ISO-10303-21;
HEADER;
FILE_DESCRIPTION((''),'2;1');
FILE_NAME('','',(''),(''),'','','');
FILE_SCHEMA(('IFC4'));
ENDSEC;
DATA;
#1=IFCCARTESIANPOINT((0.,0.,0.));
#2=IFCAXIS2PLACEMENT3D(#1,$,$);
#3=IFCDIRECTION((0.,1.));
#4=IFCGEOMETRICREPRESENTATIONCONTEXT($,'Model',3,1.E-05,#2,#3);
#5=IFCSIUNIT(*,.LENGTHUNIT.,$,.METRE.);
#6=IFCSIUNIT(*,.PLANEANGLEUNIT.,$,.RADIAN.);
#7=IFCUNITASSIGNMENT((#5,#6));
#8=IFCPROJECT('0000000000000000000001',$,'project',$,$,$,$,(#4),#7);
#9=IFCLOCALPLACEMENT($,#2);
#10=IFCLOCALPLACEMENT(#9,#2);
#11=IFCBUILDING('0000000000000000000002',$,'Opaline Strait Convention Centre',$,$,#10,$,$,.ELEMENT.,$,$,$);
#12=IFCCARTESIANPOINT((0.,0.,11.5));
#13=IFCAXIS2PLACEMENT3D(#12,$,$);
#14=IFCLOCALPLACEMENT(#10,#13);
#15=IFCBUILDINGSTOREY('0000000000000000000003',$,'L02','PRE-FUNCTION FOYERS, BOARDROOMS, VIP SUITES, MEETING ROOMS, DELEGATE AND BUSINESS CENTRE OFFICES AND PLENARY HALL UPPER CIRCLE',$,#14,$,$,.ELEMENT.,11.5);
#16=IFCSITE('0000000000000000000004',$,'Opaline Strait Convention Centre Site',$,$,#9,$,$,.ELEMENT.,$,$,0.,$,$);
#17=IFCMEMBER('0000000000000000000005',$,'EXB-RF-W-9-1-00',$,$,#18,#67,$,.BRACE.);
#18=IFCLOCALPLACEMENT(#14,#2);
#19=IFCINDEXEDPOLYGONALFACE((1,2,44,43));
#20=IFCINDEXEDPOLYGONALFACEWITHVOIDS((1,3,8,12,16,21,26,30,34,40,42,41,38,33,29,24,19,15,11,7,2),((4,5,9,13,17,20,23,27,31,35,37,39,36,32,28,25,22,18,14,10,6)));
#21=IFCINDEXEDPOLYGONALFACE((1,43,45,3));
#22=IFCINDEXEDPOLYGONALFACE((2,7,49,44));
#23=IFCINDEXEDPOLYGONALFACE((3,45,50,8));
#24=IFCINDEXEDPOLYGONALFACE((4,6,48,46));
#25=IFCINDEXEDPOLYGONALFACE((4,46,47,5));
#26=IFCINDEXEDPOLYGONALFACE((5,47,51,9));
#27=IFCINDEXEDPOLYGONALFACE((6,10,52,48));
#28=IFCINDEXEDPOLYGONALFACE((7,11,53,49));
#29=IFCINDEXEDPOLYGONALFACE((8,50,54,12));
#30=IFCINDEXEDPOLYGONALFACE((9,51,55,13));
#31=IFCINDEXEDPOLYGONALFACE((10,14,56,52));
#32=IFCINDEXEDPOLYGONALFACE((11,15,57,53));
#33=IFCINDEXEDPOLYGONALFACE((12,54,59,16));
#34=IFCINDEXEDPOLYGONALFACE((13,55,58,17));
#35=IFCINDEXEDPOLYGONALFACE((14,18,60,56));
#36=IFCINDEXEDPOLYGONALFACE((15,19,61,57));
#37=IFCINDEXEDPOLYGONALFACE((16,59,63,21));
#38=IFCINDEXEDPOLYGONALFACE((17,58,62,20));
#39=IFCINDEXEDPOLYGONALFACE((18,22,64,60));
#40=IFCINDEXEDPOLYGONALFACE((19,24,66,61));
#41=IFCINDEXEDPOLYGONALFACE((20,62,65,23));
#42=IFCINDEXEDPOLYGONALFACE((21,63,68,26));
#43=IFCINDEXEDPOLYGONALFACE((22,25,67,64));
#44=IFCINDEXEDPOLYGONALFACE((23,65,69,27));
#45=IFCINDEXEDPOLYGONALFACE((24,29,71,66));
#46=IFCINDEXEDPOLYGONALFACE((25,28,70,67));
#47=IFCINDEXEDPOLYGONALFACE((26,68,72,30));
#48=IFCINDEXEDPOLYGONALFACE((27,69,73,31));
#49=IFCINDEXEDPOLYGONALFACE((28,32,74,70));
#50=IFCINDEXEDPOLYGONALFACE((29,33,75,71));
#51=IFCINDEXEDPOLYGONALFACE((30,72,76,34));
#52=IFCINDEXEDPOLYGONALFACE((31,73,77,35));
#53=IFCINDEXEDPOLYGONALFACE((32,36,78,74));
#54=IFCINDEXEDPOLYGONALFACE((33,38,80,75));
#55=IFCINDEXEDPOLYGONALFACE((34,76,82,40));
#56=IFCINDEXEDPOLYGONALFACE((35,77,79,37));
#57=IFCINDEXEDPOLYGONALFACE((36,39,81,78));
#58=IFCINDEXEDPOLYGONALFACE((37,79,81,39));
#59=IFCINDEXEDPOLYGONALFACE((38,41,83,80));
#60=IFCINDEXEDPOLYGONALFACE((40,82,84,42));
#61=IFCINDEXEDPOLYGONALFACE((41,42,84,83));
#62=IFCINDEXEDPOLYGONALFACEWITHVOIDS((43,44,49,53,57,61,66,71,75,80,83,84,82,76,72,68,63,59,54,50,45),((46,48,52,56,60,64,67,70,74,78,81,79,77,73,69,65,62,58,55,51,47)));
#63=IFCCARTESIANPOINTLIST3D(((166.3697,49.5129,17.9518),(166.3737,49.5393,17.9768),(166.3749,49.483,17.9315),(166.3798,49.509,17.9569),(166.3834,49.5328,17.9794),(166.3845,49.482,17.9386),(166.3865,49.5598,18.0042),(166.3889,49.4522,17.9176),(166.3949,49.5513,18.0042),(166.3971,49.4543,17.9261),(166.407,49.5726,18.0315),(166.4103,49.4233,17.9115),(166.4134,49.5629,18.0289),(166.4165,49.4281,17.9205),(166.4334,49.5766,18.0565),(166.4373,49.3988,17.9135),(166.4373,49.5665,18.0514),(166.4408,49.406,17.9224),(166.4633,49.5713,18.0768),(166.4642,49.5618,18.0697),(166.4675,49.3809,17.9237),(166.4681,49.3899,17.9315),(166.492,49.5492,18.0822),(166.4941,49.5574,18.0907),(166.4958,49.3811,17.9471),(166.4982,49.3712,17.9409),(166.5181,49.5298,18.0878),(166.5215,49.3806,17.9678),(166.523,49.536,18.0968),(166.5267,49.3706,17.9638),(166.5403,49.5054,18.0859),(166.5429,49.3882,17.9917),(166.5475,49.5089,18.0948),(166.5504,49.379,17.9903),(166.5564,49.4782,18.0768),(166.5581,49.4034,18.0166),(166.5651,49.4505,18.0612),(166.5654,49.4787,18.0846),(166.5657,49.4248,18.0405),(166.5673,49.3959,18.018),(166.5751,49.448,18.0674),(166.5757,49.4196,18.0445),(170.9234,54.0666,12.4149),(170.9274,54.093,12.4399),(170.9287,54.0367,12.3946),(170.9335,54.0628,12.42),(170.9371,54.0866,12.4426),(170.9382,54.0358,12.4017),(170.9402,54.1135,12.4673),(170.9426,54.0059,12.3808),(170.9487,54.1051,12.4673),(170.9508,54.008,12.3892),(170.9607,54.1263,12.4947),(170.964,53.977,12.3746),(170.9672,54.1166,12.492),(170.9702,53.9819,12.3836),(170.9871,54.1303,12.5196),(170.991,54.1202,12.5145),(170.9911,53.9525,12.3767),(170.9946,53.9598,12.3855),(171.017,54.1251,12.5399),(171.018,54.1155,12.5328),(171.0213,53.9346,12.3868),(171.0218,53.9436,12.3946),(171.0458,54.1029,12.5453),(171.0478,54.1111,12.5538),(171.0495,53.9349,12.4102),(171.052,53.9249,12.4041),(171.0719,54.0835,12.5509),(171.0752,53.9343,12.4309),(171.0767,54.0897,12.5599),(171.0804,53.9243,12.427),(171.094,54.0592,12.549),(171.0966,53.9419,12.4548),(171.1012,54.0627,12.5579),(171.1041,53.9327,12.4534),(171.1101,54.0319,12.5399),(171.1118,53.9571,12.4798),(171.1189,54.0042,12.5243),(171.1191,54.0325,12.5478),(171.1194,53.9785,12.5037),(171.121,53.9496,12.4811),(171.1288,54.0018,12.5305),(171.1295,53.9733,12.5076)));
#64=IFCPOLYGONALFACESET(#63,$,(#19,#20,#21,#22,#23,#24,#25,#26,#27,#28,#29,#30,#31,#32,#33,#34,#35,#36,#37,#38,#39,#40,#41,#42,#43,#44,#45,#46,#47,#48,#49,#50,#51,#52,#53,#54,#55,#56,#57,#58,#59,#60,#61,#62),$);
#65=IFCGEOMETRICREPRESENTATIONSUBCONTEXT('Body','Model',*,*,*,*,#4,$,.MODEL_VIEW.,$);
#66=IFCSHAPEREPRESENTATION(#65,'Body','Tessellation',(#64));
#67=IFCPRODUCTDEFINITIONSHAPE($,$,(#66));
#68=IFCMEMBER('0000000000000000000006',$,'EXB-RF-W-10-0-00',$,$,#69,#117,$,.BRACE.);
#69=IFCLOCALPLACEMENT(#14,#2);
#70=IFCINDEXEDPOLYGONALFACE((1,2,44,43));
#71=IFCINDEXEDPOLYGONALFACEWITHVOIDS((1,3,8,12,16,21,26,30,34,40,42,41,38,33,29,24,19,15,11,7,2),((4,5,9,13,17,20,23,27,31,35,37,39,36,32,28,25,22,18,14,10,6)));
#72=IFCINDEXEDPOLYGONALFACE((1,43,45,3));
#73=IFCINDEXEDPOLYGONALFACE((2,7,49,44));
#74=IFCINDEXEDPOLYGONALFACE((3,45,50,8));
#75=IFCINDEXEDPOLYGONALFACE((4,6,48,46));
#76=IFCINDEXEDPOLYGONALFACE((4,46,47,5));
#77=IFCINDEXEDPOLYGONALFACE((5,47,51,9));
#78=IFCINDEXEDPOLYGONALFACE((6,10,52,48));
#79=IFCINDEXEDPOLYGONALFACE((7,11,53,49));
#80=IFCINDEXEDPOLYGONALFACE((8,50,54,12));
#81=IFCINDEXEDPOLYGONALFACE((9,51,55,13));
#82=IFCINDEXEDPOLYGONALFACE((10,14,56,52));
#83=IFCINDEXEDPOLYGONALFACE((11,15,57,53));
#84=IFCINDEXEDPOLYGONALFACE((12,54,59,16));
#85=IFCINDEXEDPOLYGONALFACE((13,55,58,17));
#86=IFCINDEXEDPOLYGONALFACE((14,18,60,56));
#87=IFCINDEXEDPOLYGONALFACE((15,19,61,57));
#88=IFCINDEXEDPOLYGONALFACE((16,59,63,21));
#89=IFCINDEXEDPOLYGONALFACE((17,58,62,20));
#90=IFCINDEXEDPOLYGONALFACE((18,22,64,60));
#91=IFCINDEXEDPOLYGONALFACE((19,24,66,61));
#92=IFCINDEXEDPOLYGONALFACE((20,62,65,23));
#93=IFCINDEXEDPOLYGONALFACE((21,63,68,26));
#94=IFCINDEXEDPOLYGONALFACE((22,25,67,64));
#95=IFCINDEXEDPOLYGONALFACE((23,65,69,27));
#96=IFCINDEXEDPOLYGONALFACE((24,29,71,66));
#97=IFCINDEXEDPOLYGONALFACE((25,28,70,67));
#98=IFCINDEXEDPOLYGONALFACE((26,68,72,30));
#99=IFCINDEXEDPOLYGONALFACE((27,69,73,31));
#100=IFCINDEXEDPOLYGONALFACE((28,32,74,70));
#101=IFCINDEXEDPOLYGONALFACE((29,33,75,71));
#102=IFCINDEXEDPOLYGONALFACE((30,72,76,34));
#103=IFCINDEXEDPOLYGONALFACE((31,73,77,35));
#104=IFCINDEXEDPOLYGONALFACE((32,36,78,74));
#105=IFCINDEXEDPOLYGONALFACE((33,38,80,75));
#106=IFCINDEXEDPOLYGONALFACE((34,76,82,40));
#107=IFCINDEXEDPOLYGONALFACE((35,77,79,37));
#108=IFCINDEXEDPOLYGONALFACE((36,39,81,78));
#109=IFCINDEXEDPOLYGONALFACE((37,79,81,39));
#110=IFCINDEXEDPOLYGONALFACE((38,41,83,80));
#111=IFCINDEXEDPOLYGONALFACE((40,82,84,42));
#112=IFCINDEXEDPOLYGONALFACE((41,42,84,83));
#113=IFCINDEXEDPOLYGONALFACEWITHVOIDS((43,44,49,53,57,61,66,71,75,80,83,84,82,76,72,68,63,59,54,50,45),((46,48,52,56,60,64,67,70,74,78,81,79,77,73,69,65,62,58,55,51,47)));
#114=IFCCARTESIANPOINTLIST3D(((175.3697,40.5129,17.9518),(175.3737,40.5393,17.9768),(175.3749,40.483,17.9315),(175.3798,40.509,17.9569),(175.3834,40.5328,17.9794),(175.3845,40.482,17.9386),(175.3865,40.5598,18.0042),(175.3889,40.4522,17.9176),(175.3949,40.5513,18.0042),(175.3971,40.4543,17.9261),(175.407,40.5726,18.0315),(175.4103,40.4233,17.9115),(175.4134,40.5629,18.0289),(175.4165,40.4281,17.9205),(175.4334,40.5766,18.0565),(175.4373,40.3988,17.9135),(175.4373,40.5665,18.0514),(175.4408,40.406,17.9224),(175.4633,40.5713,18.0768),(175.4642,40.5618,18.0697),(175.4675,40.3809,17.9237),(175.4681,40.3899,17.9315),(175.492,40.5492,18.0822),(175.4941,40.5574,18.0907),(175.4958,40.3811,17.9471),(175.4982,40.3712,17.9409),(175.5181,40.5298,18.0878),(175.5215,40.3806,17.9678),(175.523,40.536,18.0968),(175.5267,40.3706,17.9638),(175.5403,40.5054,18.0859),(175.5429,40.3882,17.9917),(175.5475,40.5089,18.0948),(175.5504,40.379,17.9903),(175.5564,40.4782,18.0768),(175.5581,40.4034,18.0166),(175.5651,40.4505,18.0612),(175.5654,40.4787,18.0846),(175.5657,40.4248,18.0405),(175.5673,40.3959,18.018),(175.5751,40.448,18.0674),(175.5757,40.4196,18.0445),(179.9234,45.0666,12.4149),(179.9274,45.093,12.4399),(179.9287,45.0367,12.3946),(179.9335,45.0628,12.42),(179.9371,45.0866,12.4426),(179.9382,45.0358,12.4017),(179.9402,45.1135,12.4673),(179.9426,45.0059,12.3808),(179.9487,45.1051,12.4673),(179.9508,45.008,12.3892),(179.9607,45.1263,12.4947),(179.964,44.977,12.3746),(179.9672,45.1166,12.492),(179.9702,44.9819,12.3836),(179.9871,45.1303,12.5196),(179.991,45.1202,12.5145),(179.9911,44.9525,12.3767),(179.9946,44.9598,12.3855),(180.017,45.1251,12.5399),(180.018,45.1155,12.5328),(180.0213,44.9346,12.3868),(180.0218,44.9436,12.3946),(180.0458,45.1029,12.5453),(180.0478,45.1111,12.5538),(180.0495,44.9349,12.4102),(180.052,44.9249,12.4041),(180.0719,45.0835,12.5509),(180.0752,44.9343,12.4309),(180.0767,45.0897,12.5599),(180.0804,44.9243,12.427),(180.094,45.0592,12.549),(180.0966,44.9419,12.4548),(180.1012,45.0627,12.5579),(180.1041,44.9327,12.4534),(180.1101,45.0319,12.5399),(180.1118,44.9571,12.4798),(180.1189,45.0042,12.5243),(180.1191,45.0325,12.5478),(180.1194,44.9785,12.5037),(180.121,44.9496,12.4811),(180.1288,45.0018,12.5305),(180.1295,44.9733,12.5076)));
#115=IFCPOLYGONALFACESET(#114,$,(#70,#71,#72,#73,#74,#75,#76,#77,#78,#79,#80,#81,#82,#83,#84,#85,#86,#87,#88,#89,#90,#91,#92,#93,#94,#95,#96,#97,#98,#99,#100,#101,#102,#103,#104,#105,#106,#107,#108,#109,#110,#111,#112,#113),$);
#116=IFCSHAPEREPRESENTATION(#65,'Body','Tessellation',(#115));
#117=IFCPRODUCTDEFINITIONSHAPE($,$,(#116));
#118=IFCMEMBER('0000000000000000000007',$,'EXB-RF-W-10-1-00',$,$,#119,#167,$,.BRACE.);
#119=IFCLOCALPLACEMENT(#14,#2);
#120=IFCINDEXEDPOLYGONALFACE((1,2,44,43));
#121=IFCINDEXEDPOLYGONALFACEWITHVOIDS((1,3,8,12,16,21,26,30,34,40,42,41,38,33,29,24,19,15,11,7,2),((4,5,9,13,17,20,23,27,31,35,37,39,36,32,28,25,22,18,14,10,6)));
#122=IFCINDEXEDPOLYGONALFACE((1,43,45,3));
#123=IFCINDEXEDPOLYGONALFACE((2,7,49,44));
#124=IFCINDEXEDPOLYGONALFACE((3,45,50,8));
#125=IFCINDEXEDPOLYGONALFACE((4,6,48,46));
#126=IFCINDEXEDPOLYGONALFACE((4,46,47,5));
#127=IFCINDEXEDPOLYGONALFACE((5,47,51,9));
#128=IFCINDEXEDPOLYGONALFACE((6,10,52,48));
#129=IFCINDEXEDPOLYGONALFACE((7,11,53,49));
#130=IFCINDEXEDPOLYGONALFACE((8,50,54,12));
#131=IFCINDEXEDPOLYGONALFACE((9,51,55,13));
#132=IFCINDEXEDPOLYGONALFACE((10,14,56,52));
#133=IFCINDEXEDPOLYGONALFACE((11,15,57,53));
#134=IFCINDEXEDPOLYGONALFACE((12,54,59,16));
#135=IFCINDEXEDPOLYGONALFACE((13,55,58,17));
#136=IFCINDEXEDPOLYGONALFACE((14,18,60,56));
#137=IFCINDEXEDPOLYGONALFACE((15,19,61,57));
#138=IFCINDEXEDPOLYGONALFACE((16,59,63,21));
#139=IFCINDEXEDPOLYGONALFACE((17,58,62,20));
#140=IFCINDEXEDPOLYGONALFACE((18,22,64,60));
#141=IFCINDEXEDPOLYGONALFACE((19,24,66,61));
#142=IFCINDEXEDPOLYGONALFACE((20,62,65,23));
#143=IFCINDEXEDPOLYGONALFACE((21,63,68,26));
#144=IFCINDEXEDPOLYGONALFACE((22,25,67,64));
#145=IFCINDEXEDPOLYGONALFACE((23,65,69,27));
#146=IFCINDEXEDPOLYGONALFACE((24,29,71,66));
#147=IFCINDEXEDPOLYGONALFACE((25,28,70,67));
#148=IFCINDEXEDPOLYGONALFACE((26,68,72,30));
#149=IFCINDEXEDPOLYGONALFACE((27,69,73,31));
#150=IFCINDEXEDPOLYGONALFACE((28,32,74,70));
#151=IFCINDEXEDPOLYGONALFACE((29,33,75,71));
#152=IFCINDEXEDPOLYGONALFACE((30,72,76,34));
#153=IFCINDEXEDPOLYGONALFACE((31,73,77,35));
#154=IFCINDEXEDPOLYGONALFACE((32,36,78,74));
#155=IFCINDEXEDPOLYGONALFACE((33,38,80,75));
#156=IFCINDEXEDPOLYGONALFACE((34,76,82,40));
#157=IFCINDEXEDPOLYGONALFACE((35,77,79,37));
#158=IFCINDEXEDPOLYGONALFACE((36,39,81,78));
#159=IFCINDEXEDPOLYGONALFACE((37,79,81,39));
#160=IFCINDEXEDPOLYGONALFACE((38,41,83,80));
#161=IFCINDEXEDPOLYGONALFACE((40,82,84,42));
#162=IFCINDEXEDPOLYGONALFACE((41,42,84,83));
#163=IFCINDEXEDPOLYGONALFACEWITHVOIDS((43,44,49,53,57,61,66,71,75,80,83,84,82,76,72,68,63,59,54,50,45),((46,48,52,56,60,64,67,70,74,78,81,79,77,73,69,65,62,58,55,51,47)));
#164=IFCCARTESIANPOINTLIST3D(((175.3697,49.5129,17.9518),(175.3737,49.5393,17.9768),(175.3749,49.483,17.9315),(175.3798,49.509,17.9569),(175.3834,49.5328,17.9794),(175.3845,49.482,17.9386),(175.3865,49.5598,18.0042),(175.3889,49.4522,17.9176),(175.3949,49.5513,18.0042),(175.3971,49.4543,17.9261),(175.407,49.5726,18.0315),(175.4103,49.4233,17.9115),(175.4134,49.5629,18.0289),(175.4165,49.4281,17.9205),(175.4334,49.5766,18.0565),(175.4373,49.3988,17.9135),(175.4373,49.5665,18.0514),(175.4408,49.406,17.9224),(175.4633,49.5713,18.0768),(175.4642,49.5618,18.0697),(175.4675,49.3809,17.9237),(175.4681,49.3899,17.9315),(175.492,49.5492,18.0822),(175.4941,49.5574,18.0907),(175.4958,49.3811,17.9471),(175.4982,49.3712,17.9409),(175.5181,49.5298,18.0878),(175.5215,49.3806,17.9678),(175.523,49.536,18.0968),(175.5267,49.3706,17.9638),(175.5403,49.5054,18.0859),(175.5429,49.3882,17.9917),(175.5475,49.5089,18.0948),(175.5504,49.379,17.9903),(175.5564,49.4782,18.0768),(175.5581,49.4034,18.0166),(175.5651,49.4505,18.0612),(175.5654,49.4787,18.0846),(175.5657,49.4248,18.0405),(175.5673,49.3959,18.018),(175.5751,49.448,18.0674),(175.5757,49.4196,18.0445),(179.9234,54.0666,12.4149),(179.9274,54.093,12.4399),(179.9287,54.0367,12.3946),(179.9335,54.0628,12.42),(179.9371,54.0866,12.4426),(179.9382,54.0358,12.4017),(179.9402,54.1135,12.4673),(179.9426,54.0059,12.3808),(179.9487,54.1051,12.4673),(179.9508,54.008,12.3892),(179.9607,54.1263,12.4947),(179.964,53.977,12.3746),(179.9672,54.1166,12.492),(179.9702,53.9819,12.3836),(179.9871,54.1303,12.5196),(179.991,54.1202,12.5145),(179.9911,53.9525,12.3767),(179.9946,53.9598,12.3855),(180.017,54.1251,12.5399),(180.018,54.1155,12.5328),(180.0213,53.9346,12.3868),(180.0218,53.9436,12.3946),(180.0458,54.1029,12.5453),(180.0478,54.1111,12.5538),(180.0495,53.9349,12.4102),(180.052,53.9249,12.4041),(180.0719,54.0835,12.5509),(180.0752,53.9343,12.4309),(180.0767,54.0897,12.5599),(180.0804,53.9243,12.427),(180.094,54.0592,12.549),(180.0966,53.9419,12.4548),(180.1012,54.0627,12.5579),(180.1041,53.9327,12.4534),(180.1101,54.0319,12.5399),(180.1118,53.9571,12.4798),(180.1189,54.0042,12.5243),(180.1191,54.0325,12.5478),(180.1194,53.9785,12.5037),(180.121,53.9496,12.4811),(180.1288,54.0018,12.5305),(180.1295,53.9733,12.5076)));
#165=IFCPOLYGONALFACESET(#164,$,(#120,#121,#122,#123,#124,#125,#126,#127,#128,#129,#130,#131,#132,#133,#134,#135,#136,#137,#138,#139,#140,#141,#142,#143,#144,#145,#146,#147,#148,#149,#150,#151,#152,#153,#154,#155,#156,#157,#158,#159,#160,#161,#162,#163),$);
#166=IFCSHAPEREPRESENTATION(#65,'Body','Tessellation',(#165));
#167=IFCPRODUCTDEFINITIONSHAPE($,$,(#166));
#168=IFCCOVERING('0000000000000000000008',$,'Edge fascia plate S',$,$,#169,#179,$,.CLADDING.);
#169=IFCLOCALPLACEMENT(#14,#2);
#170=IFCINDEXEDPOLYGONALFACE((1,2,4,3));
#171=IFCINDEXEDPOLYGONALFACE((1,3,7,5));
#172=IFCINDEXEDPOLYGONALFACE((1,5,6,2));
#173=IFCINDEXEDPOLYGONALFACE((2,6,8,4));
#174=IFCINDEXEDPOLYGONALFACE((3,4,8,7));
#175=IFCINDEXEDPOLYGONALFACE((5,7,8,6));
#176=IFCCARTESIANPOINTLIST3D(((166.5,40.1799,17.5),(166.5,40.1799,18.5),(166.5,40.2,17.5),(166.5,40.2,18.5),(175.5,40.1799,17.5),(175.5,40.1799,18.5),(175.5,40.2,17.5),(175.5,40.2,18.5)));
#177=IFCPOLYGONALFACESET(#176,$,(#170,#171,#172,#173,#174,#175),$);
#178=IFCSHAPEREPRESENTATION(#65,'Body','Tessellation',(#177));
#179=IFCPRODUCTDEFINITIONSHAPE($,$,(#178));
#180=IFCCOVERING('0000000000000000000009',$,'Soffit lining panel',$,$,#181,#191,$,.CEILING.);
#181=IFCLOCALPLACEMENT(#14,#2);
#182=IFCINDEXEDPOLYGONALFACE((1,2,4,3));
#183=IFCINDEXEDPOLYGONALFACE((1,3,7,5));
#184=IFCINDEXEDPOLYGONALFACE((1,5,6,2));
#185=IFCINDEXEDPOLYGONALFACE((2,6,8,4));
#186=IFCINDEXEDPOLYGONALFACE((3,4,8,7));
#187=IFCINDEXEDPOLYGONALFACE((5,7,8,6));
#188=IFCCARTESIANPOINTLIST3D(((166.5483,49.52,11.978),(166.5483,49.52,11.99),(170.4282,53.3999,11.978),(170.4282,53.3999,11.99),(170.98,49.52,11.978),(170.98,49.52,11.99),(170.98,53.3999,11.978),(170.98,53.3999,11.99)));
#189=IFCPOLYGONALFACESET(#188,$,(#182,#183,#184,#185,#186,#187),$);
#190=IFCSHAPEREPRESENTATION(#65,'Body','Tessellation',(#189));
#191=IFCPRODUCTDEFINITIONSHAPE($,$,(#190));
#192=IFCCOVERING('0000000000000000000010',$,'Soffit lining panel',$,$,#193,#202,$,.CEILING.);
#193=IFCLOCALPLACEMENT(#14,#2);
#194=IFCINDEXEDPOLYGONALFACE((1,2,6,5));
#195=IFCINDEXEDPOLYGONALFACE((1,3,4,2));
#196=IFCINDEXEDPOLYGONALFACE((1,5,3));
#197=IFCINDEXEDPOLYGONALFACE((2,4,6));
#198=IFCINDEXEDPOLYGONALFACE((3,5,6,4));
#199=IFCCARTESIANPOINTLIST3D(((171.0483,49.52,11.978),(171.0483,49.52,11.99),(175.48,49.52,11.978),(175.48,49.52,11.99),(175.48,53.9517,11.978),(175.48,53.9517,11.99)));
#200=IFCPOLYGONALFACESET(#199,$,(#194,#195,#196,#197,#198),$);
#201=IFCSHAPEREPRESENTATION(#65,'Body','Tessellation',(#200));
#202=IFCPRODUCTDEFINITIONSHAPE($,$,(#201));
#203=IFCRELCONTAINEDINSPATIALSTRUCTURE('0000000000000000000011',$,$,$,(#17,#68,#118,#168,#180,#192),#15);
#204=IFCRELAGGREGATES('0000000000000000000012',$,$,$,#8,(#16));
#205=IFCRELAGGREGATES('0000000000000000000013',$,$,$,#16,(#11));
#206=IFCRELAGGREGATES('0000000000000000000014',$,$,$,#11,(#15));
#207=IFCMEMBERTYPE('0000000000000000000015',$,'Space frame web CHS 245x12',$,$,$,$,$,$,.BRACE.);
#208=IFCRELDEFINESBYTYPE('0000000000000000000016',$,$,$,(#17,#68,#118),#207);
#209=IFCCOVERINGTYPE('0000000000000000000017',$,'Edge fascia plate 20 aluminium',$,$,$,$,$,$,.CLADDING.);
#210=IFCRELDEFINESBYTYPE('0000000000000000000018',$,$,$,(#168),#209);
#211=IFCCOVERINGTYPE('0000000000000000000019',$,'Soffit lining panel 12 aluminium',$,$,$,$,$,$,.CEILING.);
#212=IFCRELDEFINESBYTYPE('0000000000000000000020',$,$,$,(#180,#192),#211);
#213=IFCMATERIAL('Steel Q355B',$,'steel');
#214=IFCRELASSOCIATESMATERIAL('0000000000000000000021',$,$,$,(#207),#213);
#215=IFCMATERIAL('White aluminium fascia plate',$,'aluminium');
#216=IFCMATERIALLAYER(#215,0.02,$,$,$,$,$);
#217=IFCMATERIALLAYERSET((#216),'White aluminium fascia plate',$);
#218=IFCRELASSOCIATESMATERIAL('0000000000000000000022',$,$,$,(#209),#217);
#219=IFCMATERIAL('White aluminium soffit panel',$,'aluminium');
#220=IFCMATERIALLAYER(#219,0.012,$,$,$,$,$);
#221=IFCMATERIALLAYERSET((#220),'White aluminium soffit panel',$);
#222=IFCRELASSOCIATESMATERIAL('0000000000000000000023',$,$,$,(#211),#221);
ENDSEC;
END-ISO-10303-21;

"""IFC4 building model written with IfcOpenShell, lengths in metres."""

from ifc_helpers import new_model, si_unit, direction, frame, origin, origin_2d, place, context, subcontext, project, spatial, polyline, hollow_circle, outline, extrude, material, layer, layer_set, material_profile, profile_set, type_object, element, save


model = new_model("IFC4")

# Units and contexts
model_context = context("Model", 3, precision=1e-05, world=origin(), true_north=direction((0.0, 1.0)))
body_context = subcontext(model_context, "Body", "Model", "MODEL_VIEW")
ifc_project = project(units=[si_unit("LENGTHUNIT", "METRE"), si_unit("PLANEANGLEUNIT", "RADIAN")], contexts=[model_context])

# Site, building, storey
site_placement = place(None, origin())
site = spatial("IfcSite", under=ifc_project, at=site_placement, Name="Opaline Strait Convention Centre Site", CompositionType="ELEMENT", RefElevation=0.0)
building_placement = place(site_placement, origin())
building = spatial("IfcBuilding", under=site, at=building_placement, Name="Opaline Strait Convention Centre", CompositionType="ELEMENT")
storey_placement = place(building_placement, frame((0.0, 0.0, 11.5)))
storey = spatial("IfcBuildingStorey", under=building, at=storey_placement, Name="L02", Description="PRE-FUNCTION FOYERS, BOARDROOMS, VIP SUITES, MEETING ROOMS, DELEGATE AND BUSINESS CENTRE OFFICES AND PLENARY HALL UPPER CIRCLE", CompositionType="ELEMENT", Elevation=11.5)

# Members
ifc_material_1 = material(Name="Steel Q355B", Category="steel")
ifc_material_profile_1 = material_profile(ifc_material_1, hollow_circle(Radius=0.1226, WallThickness=0.012, at=origin_2d()), Name="CHS 245x12")
ifc_profile_set_1 = profile_set([ifc_material_profile_1], Name="Steel Q355B")
member_type_1 = type_object("IfcMemberType", Name="Space frame web CHS 245x12", PredefinedType="BRACE", material=ifc_profile_set_1)
for number, where, z_axis, x_axis, name in (
    (1, (166.4731, 49.4731, 18.0042), (0.536178, 0.536178, -0.65194), (-0.707107, 0.707107, 0.0), "EXB-RF-W-9-1-00"),
    (2, (175.4731, 40.4731, 18.0042), (0.536178, 0.536178, -0.65194), (-0.707107, 0.707107, 0.0), "EXB-RF-W-10-0-00"),
    (3, (175.4731, 49.4731, 18.0042), (0.536178, 0.536178, -0.65194), (-0.707107, 0.707107, 0.0), "EXB-RF-W-10-1-00"),
):
    element("IfcMember", number, at=place(storey_placement, frame(where, z_axis=z_axis, x_axis=x_axis)), inside=storey, type_object=member_type_1, Name=name, PredefinedType="BRACE", context=body_context, shape_type="SweptSolid", body=[
        extrude(hollow_circle(Radius=0.1226, WallThickness=0.012, at=origin_2d()), origin(), (0.0, 0.0, 1.0), 8.4929),
    ])

# Coverings
ifc_material_2 = material(Name="White aluminium fascia plate", Category="aluminium")
ifc_layer_1 = layer(ifc_material_2, 0.02)
ifc_layer_set_1 = layer_set([ifc_layer_1], Name="White aluminium fascia plate")
covering_type_1 = type_object("IfcCoveringType", Name="Edge fascia plate 20 aluminium", PredefinedType="CLADDING", material=ifc_layer_set_1)
covering_1_placement = place(storey_placement, frame((171.0, 40.2, 18.0), z_axis=(0.0, -1.0, 0.0), x_axis=(1.0, 0.0, 0.0)))
element("IfcCovering", 4, at=covering_1_placement, inside=storey, type_object=covering_type_1, Name="Edge fascia plate S", PredefinedType="CLADDING", context=body_context, shape_type="SweptSolid", body=[
    extrude(outline(polyline([(-4.5, 0.5), (4.5, 0.5), (4.5, -0.5), (-4.5, -0.5), (-4.5, 0.5)])), origin(), (0.0, 0.0, 1.0), 0.02),
])
ifc_material_3 = material(Name="White aluminium soffit panel", Category="aluminium")
ifc_layer_2 = layer(ifc_material_3, 0.012)
ifc_layer_set_2 = layer_set([ifc_layer_2], Name="White aluminium soffit panel")
covering_type_2 = type_object("IfcCoveringType", Name="Soffit lining panel 12 aluminium", PredefinedType="CEILING", material=ifc_layer_set_2)
covering_2_placement = place(storey_placement, frame((170.98, 49.52, 11.99), z_axis=(0.0, 0.0, 1.0), x_axis=(-1.0, 0.0, 0.0)))
element("IfcCovering", 5, at=covering_2_placement, inside=storey, type_object=covering_type_2, Name="Soffit lining panel", PredefinedType="CEILING", context=body_context, shape_type="SweptSolid", body=[
    extrude(outline(polyline([(0.0, 0.0), (4.4316, 0.0), (0.5518, -3.8799), (0.0, -3.8799), (0.0, 0.0)])), origin(), (0.0, 0.0, -1.0), 0.012),
])
covering_3_placement = place(storey_placement, frame((171.0483, 49.52, 11.99), z_axis=(0.0, 0.0, 1.0), x_axis=(0.707107, 0.707107, 0.0)))
element("IfcCovering", 6, at=covering_3_placement, inside=storey, type_object=covering_type_2, Name="Soffit lining panel", PredefinedType="CEILING", context=body_context, shape_type="SweptSolid", body=[
    extrude(outline(polyline([(0.0, 0.0), (6.2673, 0.0), (3.1336, -3.1336), (0.0, 0.0)])), origin(), (0.0, 0.0, -1.0), 0.012),
])

save(model, "model.ifc")
